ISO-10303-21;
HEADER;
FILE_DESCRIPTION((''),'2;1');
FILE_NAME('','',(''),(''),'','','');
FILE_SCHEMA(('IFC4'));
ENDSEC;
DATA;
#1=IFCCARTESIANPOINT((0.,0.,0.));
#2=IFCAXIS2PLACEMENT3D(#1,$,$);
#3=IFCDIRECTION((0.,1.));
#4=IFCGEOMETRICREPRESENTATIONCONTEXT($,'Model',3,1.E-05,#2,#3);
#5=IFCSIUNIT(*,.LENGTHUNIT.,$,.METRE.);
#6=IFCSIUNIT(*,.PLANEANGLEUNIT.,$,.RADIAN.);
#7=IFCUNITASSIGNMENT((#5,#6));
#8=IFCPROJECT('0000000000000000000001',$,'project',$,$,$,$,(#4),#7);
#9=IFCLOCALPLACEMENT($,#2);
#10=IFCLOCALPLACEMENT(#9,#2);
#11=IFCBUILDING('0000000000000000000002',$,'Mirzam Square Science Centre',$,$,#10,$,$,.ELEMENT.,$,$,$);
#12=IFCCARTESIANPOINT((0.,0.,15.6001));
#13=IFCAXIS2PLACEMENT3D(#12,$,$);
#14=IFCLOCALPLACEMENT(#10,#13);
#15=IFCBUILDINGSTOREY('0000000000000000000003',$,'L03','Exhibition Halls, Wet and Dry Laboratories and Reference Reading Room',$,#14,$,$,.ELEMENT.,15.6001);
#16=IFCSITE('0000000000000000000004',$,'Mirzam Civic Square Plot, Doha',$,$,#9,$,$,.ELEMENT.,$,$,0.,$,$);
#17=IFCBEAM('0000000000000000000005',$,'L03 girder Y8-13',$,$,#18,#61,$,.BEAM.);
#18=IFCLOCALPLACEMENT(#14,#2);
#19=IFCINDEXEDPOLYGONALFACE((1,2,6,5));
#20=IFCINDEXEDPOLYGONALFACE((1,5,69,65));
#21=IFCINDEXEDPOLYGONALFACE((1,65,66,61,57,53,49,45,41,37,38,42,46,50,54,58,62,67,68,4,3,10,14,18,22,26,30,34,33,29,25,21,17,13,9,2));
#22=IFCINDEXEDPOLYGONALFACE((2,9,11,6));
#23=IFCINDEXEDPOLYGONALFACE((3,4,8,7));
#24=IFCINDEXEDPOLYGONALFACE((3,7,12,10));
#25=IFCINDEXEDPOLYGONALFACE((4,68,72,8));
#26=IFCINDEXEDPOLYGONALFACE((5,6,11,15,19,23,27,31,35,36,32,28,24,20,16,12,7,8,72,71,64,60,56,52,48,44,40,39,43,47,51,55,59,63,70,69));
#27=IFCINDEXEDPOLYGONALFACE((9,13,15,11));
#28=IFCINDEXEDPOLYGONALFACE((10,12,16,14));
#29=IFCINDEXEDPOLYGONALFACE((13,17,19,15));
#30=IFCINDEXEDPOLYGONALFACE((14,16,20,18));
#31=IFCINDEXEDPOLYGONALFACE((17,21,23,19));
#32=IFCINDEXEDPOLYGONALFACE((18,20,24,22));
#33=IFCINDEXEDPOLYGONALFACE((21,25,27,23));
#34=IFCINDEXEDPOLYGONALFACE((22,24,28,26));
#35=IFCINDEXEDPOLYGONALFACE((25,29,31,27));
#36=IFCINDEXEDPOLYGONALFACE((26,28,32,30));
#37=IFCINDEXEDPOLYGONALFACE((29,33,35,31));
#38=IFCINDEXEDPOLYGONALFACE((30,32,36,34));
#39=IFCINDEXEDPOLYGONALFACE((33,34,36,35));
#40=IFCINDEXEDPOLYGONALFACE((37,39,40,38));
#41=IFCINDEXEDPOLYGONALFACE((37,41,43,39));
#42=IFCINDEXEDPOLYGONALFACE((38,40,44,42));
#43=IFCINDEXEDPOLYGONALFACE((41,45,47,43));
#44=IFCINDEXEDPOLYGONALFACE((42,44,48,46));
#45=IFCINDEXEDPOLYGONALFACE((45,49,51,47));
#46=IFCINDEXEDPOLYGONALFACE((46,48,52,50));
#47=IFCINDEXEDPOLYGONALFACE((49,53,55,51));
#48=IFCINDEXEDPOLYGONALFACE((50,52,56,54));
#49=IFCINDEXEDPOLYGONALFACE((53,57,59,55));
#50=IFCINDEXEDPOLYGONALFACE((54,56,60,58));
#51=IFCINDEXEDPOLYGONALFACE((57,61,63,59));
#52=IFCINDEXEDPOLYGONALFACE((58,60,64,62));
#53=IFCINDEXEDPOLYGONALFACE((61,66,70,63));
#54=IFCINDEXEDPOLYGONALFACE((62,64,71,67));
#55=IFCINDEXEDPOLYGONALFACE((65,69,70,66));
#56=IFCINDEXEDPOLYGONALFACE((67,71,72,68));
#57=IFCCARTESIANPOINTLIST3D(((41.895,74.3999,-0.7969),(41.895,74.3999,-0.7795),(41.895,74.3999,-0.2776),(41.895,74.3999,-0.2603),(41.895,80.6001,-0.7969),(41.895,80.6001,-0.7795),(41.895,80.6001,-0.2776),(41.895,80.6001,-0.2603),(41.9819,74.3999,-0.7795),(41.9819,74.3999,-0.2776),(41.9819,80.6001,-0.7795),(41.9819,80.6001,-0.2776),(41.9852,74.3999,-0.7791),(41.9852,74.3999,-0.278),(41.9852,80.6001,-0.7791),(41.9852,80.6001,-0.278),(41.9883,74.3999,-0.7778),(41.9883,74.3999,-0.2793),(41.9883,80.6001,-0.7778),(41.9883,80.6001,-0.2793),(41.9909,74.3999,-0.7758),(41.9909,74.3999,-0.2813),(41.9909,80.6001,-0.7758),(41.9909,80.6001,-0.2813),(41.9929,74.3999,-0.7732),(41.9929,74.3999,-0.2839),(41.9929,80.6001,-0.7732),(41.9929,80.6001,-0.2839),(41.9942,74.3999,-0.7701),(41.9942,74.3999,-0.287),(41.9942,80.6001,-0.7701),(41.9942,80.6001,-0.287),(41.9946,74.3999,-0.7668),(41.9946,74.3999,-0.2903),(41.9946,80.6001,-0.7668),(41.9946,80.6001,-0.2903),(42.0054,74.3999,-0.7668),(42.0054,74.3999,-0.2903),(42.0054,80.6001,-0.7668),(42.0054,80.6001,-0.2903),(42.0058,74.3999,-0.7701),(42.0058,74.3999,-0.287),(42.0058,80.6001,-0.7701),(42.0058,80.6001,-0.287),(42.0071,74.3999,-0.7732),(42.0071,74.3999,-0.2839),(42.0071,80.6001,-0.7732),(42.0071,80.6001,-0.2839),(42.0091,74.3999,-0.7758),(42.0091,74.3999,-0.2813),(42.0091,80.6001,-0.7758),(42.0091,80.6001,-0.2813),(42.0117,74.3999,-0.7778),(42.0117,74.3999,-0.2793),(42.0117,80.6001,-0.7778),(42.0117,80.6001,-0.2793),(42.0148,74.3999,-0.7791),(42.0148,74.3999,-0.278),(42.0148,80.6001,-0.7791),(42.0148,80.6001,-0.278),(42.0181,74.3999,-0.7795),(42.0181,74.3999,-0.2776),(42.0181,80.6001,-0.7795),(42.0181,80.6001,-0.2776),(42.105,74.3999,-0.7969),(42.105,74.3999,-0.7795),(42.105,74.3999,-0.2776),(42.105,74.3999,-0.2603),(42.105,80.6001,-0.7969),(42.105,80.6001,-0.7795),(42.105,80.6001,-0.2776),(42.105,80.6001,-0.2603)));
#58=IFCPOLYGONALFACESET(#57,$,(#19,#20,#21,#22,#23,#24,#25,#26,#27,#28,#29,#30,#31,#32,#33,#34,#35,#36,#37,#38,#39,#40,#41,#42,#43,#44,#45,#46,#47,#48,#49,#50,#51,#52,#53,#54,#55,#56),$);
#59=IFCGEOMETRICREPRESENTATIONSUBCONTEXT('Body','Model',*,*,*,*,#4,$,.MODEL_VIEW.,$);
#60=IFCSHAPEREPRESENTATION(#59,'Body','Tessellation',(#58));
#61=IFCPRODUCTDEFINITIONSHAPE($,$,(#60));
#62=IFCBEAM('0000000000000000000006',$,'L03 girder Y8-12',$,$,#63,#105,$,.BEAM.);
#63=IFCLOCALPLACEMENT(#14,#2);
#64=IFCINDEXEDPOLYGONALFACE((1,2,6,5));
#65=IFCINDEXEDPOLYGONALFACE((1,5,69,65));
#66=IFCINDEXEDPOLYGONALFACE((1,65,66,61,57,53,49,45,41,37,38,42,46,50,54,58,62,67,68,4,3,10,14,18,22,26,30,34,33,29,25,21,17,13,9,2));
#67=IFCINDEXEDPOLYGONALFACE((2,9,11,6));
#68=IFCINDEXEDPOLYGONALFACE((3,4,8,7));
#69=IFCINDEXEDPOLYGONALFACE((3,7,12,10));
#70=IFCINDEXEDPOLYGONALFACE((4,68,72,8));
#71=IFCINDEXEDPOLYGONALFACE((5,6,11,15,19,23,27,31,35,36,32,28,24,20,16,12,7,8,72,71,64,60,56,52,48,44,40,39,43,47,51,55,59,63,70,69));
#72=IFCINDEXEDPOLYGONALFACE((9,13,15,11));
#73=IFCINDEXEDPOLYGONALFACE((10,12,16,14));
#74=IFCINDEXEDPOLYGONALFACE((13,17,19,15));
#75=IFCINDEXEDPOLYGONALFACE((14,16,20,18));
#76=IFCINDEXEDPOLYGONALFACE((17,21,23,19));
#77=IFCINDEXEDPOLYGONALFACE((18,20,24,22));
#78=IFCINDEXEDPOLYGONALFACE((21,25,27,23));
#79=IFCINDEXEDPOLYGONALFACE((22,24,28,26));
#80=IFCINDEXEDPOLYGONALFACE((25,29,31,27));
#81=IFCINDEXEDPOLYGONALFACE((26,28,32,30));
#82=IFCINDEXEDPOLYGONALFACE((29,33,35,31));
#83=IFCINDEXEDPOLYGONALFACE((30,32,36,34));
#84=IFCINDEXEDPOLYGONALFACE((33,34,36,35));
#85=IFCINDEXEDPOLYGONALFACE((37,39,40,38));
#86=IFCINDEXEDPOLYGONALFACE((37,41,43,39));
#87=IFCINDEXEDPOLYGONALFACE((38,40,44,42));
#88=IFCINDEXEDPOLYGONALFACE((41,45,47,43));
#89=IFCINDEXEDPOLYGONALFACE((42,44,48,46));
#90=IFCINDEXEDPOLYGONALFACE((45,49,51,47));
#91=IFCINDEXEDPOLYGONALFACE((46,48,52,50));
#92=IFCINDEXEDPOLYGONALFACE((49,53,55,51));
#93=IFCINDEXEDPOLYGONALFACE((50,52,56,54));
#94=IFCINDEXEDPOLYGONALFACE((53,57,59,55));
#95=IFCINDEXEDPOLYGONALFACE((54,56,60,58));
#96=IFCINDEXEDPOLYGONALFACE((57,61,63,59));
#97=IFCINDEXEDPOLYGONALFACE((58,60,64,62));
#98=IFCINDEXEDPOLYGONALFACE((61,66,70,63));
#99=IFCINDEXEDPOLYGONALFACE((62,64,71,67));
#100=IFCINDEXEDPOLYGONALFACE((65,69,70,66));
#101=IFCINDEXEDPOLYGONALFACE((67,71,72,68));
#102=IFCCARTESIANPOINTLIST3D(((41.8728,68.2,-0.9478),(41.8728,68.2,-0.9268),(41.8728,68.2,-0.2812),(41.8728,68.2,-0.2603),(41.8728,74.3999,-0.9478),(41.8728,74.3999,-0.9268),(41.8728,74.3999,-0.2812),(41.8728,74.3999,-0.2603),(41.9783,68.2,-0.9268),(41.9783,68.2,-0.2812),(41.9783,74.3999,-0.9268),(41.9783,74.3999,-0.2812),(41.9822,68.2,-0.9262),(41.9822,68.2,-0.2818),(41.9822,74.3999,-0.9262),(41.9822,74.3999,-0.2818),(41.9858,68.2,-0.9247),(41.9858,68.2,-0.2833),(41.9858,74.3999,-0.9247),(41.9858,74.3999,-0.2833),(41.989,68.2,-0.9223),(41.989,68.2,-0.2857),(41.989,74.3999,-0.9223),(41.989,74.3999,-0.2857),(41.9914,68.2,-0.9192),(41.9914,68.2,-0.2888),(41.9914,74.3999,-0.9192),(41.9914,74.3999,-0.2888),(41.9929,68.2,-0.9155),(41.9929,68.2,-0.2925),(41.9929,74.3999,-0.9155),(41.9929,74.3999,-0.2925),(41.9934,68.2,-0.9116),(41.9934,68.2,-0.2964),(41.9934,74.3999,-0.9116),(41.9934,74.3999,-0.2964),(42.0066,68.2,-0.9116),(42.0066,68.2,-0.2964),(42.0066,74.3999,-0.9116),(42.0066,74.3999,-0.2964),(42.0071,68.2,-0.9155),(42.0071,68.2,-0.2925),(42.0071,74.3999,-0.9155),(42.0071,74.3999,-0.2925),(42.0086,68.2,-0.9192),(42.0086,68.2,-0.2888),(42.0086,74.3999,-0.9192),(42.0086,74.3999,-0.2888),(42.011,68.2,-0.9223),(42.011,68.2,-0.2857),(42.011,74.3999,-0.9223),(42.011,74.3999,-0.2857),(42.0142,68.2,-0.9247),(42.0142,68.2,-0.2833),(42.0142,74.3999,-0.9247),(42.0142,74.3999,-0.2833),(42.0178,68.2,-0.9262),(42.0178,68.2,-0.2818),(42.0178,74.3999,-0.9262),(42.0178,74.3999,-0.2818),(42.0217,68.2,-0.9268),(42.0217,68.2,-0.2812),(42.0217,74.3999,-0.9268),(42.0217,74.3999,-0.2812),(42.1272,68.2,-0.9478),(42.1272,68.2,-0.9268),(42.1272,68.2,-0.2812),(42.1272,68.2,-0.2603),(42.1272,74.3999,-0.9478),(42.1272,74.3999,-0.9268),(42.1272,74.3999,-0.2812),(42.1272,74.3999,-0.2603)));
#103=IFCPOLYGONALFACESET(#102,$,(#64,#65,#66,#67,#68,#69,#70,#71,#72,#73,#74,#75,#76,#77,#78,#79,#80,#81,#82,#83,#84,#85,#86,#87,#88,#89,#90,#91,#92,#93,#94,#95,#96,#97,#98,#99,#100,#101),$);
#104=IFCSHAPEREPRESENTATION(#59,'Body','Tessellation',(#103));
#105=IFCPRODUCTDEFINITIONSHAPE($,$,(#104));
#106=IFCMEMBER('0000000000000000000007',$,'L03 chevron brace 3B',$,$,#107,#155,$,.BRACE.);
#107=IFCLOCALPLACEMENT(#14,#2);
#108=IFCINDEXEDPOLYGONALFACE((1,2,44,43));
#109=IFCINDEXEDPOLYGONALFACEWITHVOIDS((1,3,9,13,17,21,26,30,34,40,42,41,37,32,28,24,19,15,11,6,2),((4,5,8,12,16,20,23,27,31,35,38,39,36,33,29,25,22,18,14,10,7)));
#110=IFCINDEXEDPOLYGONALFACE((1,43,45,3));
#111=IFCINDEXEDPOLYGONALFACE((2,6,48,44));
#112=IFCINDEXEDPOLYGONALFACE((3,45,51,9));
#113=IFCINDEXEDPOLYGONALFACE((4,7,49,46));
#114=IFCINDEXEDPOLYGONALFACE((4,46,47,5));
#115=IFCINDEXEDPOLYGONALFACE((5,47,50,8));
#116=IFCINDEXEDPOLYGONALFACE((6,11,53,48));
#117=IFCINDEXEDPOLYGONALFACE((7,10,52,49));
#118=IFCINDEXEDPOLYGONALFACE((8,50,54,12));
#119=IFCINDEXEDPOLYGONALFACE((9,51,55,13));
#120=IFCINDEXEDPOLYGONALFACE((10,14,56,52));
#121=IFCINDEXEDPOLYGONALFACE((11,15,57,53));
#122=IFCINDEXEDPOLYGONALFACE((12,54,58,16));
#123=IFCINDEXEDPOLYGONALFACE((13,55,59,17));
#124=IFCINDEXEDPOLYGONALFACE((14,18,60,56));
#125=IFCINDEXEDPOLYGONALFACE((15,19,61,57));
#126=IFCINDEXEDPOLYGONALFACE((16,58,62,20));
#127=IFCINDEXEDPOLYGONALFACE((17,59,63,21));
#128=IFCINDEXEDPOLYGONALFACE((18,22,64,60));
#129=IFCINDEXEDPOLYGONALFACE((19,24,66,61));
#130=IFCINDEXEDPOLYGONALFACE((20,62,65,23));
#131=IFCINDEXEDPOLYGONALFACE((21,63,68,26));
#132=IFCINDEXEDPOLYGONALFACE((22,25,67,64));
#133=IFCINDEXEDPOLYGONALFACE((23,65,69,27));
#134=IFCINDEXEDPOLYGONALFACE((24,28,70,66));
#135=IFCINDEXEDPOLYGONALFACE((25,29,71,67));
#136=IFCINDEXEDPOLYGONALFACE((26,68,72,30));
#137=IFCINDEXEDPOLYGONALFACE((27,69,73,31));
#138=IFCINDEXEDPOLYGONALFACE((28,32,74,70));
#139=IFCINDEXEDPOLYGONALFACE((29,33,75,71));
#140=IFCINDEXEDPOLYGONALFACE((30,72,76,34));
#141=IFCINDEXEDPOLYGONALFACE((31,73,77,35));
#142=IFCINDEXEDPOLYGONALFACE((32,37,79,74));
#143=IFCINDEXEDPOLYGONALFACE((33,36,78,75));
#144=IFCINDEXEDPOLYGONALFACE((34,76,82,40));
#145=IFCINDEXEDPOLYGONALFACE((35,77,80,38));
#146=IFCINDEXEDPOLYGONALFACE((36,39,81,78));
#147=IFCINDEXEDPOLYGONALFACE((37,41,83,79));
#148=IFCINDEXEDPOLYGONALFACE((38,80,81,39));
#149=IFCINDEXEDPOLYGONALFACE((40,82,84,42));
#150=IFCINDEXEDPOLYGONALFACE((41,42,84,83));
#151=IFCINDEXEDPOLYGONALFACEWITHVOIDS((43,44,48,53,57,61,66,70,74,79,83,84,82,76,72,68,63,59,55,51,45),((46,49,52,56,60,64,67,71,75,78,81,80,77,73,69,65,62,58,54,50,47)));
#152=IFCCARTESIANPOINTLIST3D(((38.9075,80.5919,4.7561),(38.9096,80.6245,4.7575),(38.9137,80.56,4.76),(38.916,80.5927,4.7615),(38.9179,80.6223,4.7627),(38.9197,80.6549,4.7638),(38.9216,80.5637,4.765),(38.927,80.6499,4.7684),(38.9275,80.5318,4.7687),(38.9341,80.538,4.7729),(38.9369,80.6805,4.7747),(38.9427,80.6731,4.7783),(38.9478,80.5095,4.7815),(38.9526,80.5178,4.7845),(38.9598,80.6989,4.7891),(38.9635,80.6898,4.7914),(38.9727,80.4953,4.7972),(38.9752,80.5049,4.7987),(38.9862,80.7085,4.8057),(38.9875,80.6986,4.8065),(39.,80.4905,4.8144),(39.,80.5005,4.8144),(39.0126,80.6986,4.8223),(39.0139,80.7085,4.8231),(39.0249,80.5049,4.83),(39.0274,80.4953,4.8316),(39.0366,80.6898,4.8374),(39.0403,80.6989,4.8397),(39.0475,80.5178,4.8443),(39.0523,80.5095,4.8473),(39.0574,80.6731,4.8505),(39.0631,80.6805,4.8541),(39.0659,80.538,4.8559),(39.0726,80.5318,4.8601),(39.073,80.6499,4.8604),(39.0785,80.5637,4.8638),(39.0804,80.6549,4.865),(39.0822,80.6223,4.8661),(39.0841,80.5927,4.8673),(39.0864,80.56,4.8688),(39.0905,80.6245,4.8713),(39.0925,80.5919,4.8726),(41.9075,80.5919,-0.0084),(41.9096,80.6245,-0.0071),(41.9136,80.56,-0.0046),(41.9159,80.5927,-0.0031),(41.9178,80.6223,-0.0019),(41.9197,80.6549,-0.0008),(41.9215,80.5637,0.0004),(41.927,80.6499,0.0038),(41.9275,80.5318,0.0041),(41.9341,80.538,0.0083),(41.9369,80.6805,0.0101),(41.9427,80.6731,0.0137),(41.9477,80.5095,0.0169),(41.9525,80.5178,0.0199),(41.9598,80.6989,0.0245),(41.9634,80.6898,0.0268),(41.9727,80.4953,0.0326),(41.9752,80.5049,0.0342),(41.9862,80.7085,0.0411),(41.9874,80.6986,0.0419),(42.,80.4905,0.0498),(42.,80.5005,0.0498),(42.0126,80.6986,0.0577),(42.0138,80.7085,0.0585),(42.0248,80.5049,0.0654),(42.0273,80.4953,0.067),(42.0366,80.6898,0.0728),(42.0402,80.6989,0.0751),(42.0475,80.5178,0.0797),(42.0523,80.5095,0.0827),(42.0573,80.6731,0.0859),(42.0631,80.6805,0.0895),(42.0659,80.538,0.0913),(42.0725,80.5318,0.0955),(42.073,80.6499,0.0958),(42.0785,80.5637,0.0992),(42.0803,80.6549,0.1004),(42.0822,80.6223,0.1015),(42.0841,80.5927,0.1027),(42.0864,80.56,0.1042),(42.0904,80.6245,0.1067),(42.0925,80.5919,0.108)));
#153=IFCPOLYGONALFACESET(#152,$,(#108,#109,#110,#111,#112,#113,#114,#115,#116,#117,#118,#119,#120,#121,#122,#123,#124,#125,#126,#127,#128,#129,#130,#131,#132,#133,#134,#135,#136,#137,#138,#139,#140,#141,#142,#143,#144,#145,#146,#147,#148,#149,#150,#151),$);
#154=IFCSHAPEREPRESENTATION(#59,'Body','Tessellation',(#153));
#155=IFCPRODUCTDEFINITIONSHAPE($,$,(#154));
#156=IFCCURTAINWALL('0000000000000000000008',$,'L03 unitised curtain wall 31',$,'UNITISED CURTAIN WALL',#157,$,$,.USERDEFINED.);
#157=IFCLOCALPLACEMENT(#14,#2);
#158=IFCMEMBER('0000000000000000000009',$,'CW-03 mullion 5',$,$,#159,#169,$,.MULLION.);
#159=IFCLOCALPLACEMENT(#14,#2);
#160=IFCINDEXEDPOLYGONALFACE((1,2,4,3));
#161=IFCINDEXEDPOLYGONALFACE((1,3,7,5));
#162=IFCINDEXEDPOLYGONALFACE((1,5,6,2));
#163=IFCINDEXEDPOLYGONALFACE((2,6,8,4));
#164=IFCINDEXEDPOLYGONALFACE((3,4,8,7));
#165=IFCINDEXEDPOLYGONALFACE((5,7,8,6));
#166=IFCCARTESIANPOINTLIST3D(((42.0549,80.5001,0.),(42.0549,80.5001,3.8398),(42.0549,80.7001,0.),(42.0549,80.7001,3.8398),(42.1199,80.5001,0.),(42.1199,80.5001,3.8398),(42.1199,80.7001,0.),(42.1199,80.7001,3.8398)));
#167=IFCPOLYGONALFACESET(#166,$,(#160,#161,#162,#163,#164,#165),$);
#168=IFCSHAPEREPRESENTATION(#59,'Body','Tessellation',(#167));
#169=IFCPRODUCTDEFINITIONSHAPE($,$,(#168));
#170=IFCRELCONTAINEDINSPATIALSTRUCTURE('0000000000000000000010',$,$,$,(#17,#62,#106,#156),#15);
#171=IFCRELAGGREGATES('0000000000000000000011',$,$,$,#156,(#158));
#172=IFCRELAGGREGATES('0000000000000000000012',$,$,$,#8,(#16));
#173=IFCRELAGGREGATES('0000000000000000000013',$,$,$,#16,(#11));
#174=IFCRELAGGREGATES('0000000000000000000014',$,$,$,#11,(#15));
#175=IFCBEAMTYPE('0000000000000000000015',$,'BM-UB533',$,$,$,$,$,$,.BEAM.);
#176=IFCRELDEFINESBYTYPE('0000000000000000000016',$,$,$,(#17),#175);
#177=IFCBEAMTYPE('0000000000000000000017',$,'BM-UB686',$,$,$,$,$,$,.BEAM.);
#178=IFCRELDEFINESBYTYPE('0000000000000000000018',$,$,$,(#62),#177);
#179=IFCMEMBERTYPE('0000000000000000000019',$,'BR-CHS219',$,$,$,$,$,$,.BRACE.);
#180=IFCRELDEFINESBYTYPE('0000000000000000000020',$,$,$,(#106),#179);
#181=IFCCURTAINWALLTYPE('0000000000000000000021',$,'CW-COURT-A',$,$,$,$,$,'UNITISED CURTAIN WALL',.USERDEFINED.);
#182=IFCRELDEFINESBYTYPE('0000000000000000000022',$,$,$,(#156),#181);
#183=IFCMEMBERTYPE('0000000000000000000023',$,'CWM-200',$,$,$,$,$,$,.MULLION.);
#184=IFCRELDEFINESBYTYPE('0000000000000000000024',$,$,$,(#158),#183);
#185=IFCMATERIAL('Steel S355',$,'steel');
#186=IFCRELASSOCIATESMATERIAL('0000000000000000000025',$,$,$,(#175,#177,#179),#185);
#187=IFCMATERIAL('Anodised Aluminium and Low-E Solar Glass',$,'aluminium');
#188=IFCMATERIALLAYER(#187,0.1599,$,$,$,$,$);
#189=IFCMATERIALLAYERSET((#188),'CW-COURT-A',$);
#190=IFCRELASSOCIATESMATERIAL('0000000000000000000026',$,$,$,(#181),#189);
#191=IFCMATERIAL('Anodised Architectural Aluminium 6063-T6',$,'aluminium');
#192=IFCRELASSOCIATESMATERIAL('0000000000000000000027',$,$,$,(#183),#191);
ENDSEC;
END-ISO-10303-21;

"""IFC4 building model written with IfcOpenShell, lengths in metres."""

from ifc_helpers import new_model, si_unit, direction, frame, origin, origin_2d, place, context, subcontext, project, spatial, rectangle, hollow_circle, i_section, extrude, material, layer, layer_set, material_profile, profile_set, type_object, element, aggregate, save


model = new_model("IFC4")

# Units and contexts
model_context = context("Model", 3, precision=1e-05, world=origin(), true_north=direction((0.0, 1.0)))
body_context = subcontext(model_context, "Body", "Model", "MODEL_VIEW")
ifc_project = project(units=[si_unit("LENGTHUNIT", "METRE"), si_unit("PLANEANGLEUNIT", "RADIAN")], contexts=[model_context])

# Site, building, storey
site_placement = place(None, origin())
site = spatial("IfcSite", under=ifc_project, at=site_placement, Name="Mirzam Civic Square Plot, Doha", CompositionType="ELEMENT", RefElevation=0.0)
building_placement = place(site_placement, origin())
building = spatial("IfcBuilding", under=site, at=building_placement, Name="Mirzam Square Science Centre", CompositionType="ELEMENT")
storey_placement = place(building_placement, frame((0.0, 0.0, 15.6001)))
storey = spatial("IfcBuildingStorey", under=building, at=storey_placement, Name="L03", Description="Exhibition Halls, Wet and Dry Laboratories and Reference Reading Room", CompositionType="ELEMENT", Elevation=15.6001)

# Shared definitions
ifc_material_1 = material(Name="Steel S355", Category="steel")

# Beams
ifc_material_profile_1 = material_profile(ifc_material_1, i_section(OverallWidth=0.21, OverallDepth=0.5366, WebThickness=0.0107, FlangeThickness=0.0173, FilletRadius=0.0127, at=origin_2d()), Name="533x210x101UB")
ifc_profile_set_1 = profile_set([ifc_material_profile_1], Name="Steel S355")
beam_type_1 = type_object("IfcBeamType", Name="BM-UB533", PredefinedType="BEAM", material=ifc_profile_set_1)
beam_1_placement = place(storey_placement, frame((42.0, 74.3999, -0.5286), z_axis=(0.0, 1.0, 0.0), x_axis=(-1.0, 0.0, 0.0)))
element("IfcBeam", 1, at=beam_1_placement, inside=storey, type_object=beam_type_1, Name="L03 girder Y8-13", PredefinedType="BEAM", context=body_context, shape_type="SweptSolid", body=[
    extrude(i_section(OverallWidth=0.21, OverallDepth=0.5366, WebThickness=0.0107, FlangeThickness=0.0173, FilletRadius=0.0127, at=origin_2d()), origin(), (0.0, 0.0, 1.0), 6.2002),
])
ifc_material_profile_2 = material_profile(ifc_material_1, i_section(OverallWidth=0.2544, OverallDepth=0.6875, WebThickness=0.0132, FlangeThickness=0.021, FilletRadius=0.0151, at=origin_2d()), Name="686x254x152UB")
ifc_profile_set_2 = profile_set([ifc_material_profile_2], Name="Steel S355")
beam_type_2 = type_object("IfcBeamType", Name="BM-UB686", PredefinedType="BEAM", material=ifc_profile_set_2)
beam_2_placement = place(storey_placement, frame((42.0, 68.2, -0.604), z_axis=(0.0, 1.0, 0.0), x_axis=(-1.0, 0.0, 0.0)))
element("IfcBeam", 2, at=beam_2_placement, inside=storey, type_object=beam_type_2, Name="L03 girder Y8-12", PredefinedType="BEAM", context=body_context, shape_type="SweptSolid", body=[
    extrude(i_section(OverallWidth=0.2544, OverallDepth=0.6875, WebThickness=0.0132, FlangeThickness=0.021, FilletRadius=0.0151, at=origin_2d()), origin(), (0.0, 0.0, 1.0), 6.2),
])

# Member
ifc_material_profile_3 = material_profile(ifc_material_1, hollow_circle(Radius=0.1096, WallThickness=0.01, at=origin_2d()), Name="219.1x10.0CHS")
ifc_profile_set_3 = profile_set([ifc_material_profile_3], Name="Steel S355")
member_type_1 = type_object("IfcMemberType", Name="BR-CHS219", PredefinedType="BRACE", material=ifc_profile_set_3)
member_1_placement = place(storey_placement, frame((42.0, 80.6001, 0.0498), z_axis=(-0.532818, 0.0, 0.84623), x_axis=(0.0, -1.0, 0.0)))
element("IfcMember", 3, at=member_1_placement, inside=storey, type_object=member_type_1, Name="L03 chevron brace 3B", PredefinedType="BRACE", context=body_context, shape_type="SweptSolid", body=[
    extrude(hollow_circle(Radius=0.1096, WallThickness=0.01, at=origin_2d()), origin(), (0.0, 0.0, 1.0), 5.6304),
])

# Curtain wall, member
ifc_material_2 = material(Name="Anodised Aluminium and Low-E Solar Glass", Category="aluminium")
ifc_layer_1 = layer(ifc_material_2, 0.1599)
ifc_layer_set_1 = layer_set([ifc_layer_1], Name="CW-COURT-A")
curtain_wall_type = type_object("IfcCurtainWallType", Name="CW-COURT-A", ElementType="UNITISED CURTAIN WALL", PredefinedType="USERDEFINED", material=ifc_layer_set_1)
curtain_wall_placement = place(storey_placement, origin())
curtain_wall = element("IfcCurtainWall", 4, at=curtain_wall_placement, inside=storey, type_object=curtain_wall_type, Name="L03 unitised curtain wall 31", ObjectType="UNITISED CURTAIN WALL", PredefinedType="USERDEFINED")
ifc_material_3 = material(Name="Anodised Architectural Aluminium 6063-T6", Category="aluminium")
ifc_material_profile_4 = material_profile(ifc_material_3, rectangle(XDim=0.0649, YDim=0.2, at=origin_2d()), Name="ALU-MULL-200x65x5")
ifc_profile_set_4 = profile_set([ifc_material_profile_4], Name="Anodised Architectural Aluminium 6063-T6")
member_type_2 = type_object("IfcMemberType", Name="CWM-200", PredefinedType="MULLION", material=ifc_profile_set_4)
member_2_placement = place(storey_placement, frame((42.0874, 80.6001, 0.0), z_axis=(0.0, 0.0, 1.0), x_axis=(-1.0, 0.0, 0.0)))
member_2 = element("IfcMember", 5, at=member_2_placement, type_object=member_type_2, Name="CW-03 mullion 5", PredefinedType="MULLION", context=body_context, shape_type="SweptSolid", body=[
    extrude(rectangle(XDim=0.0649, YDim=0.2, at=origin_2d()), origin(), (0.0, 0.0, 1.0), 3.8398),
])

aggregate(curtain_wall, [member_2])

save(model, "model.ifc")
